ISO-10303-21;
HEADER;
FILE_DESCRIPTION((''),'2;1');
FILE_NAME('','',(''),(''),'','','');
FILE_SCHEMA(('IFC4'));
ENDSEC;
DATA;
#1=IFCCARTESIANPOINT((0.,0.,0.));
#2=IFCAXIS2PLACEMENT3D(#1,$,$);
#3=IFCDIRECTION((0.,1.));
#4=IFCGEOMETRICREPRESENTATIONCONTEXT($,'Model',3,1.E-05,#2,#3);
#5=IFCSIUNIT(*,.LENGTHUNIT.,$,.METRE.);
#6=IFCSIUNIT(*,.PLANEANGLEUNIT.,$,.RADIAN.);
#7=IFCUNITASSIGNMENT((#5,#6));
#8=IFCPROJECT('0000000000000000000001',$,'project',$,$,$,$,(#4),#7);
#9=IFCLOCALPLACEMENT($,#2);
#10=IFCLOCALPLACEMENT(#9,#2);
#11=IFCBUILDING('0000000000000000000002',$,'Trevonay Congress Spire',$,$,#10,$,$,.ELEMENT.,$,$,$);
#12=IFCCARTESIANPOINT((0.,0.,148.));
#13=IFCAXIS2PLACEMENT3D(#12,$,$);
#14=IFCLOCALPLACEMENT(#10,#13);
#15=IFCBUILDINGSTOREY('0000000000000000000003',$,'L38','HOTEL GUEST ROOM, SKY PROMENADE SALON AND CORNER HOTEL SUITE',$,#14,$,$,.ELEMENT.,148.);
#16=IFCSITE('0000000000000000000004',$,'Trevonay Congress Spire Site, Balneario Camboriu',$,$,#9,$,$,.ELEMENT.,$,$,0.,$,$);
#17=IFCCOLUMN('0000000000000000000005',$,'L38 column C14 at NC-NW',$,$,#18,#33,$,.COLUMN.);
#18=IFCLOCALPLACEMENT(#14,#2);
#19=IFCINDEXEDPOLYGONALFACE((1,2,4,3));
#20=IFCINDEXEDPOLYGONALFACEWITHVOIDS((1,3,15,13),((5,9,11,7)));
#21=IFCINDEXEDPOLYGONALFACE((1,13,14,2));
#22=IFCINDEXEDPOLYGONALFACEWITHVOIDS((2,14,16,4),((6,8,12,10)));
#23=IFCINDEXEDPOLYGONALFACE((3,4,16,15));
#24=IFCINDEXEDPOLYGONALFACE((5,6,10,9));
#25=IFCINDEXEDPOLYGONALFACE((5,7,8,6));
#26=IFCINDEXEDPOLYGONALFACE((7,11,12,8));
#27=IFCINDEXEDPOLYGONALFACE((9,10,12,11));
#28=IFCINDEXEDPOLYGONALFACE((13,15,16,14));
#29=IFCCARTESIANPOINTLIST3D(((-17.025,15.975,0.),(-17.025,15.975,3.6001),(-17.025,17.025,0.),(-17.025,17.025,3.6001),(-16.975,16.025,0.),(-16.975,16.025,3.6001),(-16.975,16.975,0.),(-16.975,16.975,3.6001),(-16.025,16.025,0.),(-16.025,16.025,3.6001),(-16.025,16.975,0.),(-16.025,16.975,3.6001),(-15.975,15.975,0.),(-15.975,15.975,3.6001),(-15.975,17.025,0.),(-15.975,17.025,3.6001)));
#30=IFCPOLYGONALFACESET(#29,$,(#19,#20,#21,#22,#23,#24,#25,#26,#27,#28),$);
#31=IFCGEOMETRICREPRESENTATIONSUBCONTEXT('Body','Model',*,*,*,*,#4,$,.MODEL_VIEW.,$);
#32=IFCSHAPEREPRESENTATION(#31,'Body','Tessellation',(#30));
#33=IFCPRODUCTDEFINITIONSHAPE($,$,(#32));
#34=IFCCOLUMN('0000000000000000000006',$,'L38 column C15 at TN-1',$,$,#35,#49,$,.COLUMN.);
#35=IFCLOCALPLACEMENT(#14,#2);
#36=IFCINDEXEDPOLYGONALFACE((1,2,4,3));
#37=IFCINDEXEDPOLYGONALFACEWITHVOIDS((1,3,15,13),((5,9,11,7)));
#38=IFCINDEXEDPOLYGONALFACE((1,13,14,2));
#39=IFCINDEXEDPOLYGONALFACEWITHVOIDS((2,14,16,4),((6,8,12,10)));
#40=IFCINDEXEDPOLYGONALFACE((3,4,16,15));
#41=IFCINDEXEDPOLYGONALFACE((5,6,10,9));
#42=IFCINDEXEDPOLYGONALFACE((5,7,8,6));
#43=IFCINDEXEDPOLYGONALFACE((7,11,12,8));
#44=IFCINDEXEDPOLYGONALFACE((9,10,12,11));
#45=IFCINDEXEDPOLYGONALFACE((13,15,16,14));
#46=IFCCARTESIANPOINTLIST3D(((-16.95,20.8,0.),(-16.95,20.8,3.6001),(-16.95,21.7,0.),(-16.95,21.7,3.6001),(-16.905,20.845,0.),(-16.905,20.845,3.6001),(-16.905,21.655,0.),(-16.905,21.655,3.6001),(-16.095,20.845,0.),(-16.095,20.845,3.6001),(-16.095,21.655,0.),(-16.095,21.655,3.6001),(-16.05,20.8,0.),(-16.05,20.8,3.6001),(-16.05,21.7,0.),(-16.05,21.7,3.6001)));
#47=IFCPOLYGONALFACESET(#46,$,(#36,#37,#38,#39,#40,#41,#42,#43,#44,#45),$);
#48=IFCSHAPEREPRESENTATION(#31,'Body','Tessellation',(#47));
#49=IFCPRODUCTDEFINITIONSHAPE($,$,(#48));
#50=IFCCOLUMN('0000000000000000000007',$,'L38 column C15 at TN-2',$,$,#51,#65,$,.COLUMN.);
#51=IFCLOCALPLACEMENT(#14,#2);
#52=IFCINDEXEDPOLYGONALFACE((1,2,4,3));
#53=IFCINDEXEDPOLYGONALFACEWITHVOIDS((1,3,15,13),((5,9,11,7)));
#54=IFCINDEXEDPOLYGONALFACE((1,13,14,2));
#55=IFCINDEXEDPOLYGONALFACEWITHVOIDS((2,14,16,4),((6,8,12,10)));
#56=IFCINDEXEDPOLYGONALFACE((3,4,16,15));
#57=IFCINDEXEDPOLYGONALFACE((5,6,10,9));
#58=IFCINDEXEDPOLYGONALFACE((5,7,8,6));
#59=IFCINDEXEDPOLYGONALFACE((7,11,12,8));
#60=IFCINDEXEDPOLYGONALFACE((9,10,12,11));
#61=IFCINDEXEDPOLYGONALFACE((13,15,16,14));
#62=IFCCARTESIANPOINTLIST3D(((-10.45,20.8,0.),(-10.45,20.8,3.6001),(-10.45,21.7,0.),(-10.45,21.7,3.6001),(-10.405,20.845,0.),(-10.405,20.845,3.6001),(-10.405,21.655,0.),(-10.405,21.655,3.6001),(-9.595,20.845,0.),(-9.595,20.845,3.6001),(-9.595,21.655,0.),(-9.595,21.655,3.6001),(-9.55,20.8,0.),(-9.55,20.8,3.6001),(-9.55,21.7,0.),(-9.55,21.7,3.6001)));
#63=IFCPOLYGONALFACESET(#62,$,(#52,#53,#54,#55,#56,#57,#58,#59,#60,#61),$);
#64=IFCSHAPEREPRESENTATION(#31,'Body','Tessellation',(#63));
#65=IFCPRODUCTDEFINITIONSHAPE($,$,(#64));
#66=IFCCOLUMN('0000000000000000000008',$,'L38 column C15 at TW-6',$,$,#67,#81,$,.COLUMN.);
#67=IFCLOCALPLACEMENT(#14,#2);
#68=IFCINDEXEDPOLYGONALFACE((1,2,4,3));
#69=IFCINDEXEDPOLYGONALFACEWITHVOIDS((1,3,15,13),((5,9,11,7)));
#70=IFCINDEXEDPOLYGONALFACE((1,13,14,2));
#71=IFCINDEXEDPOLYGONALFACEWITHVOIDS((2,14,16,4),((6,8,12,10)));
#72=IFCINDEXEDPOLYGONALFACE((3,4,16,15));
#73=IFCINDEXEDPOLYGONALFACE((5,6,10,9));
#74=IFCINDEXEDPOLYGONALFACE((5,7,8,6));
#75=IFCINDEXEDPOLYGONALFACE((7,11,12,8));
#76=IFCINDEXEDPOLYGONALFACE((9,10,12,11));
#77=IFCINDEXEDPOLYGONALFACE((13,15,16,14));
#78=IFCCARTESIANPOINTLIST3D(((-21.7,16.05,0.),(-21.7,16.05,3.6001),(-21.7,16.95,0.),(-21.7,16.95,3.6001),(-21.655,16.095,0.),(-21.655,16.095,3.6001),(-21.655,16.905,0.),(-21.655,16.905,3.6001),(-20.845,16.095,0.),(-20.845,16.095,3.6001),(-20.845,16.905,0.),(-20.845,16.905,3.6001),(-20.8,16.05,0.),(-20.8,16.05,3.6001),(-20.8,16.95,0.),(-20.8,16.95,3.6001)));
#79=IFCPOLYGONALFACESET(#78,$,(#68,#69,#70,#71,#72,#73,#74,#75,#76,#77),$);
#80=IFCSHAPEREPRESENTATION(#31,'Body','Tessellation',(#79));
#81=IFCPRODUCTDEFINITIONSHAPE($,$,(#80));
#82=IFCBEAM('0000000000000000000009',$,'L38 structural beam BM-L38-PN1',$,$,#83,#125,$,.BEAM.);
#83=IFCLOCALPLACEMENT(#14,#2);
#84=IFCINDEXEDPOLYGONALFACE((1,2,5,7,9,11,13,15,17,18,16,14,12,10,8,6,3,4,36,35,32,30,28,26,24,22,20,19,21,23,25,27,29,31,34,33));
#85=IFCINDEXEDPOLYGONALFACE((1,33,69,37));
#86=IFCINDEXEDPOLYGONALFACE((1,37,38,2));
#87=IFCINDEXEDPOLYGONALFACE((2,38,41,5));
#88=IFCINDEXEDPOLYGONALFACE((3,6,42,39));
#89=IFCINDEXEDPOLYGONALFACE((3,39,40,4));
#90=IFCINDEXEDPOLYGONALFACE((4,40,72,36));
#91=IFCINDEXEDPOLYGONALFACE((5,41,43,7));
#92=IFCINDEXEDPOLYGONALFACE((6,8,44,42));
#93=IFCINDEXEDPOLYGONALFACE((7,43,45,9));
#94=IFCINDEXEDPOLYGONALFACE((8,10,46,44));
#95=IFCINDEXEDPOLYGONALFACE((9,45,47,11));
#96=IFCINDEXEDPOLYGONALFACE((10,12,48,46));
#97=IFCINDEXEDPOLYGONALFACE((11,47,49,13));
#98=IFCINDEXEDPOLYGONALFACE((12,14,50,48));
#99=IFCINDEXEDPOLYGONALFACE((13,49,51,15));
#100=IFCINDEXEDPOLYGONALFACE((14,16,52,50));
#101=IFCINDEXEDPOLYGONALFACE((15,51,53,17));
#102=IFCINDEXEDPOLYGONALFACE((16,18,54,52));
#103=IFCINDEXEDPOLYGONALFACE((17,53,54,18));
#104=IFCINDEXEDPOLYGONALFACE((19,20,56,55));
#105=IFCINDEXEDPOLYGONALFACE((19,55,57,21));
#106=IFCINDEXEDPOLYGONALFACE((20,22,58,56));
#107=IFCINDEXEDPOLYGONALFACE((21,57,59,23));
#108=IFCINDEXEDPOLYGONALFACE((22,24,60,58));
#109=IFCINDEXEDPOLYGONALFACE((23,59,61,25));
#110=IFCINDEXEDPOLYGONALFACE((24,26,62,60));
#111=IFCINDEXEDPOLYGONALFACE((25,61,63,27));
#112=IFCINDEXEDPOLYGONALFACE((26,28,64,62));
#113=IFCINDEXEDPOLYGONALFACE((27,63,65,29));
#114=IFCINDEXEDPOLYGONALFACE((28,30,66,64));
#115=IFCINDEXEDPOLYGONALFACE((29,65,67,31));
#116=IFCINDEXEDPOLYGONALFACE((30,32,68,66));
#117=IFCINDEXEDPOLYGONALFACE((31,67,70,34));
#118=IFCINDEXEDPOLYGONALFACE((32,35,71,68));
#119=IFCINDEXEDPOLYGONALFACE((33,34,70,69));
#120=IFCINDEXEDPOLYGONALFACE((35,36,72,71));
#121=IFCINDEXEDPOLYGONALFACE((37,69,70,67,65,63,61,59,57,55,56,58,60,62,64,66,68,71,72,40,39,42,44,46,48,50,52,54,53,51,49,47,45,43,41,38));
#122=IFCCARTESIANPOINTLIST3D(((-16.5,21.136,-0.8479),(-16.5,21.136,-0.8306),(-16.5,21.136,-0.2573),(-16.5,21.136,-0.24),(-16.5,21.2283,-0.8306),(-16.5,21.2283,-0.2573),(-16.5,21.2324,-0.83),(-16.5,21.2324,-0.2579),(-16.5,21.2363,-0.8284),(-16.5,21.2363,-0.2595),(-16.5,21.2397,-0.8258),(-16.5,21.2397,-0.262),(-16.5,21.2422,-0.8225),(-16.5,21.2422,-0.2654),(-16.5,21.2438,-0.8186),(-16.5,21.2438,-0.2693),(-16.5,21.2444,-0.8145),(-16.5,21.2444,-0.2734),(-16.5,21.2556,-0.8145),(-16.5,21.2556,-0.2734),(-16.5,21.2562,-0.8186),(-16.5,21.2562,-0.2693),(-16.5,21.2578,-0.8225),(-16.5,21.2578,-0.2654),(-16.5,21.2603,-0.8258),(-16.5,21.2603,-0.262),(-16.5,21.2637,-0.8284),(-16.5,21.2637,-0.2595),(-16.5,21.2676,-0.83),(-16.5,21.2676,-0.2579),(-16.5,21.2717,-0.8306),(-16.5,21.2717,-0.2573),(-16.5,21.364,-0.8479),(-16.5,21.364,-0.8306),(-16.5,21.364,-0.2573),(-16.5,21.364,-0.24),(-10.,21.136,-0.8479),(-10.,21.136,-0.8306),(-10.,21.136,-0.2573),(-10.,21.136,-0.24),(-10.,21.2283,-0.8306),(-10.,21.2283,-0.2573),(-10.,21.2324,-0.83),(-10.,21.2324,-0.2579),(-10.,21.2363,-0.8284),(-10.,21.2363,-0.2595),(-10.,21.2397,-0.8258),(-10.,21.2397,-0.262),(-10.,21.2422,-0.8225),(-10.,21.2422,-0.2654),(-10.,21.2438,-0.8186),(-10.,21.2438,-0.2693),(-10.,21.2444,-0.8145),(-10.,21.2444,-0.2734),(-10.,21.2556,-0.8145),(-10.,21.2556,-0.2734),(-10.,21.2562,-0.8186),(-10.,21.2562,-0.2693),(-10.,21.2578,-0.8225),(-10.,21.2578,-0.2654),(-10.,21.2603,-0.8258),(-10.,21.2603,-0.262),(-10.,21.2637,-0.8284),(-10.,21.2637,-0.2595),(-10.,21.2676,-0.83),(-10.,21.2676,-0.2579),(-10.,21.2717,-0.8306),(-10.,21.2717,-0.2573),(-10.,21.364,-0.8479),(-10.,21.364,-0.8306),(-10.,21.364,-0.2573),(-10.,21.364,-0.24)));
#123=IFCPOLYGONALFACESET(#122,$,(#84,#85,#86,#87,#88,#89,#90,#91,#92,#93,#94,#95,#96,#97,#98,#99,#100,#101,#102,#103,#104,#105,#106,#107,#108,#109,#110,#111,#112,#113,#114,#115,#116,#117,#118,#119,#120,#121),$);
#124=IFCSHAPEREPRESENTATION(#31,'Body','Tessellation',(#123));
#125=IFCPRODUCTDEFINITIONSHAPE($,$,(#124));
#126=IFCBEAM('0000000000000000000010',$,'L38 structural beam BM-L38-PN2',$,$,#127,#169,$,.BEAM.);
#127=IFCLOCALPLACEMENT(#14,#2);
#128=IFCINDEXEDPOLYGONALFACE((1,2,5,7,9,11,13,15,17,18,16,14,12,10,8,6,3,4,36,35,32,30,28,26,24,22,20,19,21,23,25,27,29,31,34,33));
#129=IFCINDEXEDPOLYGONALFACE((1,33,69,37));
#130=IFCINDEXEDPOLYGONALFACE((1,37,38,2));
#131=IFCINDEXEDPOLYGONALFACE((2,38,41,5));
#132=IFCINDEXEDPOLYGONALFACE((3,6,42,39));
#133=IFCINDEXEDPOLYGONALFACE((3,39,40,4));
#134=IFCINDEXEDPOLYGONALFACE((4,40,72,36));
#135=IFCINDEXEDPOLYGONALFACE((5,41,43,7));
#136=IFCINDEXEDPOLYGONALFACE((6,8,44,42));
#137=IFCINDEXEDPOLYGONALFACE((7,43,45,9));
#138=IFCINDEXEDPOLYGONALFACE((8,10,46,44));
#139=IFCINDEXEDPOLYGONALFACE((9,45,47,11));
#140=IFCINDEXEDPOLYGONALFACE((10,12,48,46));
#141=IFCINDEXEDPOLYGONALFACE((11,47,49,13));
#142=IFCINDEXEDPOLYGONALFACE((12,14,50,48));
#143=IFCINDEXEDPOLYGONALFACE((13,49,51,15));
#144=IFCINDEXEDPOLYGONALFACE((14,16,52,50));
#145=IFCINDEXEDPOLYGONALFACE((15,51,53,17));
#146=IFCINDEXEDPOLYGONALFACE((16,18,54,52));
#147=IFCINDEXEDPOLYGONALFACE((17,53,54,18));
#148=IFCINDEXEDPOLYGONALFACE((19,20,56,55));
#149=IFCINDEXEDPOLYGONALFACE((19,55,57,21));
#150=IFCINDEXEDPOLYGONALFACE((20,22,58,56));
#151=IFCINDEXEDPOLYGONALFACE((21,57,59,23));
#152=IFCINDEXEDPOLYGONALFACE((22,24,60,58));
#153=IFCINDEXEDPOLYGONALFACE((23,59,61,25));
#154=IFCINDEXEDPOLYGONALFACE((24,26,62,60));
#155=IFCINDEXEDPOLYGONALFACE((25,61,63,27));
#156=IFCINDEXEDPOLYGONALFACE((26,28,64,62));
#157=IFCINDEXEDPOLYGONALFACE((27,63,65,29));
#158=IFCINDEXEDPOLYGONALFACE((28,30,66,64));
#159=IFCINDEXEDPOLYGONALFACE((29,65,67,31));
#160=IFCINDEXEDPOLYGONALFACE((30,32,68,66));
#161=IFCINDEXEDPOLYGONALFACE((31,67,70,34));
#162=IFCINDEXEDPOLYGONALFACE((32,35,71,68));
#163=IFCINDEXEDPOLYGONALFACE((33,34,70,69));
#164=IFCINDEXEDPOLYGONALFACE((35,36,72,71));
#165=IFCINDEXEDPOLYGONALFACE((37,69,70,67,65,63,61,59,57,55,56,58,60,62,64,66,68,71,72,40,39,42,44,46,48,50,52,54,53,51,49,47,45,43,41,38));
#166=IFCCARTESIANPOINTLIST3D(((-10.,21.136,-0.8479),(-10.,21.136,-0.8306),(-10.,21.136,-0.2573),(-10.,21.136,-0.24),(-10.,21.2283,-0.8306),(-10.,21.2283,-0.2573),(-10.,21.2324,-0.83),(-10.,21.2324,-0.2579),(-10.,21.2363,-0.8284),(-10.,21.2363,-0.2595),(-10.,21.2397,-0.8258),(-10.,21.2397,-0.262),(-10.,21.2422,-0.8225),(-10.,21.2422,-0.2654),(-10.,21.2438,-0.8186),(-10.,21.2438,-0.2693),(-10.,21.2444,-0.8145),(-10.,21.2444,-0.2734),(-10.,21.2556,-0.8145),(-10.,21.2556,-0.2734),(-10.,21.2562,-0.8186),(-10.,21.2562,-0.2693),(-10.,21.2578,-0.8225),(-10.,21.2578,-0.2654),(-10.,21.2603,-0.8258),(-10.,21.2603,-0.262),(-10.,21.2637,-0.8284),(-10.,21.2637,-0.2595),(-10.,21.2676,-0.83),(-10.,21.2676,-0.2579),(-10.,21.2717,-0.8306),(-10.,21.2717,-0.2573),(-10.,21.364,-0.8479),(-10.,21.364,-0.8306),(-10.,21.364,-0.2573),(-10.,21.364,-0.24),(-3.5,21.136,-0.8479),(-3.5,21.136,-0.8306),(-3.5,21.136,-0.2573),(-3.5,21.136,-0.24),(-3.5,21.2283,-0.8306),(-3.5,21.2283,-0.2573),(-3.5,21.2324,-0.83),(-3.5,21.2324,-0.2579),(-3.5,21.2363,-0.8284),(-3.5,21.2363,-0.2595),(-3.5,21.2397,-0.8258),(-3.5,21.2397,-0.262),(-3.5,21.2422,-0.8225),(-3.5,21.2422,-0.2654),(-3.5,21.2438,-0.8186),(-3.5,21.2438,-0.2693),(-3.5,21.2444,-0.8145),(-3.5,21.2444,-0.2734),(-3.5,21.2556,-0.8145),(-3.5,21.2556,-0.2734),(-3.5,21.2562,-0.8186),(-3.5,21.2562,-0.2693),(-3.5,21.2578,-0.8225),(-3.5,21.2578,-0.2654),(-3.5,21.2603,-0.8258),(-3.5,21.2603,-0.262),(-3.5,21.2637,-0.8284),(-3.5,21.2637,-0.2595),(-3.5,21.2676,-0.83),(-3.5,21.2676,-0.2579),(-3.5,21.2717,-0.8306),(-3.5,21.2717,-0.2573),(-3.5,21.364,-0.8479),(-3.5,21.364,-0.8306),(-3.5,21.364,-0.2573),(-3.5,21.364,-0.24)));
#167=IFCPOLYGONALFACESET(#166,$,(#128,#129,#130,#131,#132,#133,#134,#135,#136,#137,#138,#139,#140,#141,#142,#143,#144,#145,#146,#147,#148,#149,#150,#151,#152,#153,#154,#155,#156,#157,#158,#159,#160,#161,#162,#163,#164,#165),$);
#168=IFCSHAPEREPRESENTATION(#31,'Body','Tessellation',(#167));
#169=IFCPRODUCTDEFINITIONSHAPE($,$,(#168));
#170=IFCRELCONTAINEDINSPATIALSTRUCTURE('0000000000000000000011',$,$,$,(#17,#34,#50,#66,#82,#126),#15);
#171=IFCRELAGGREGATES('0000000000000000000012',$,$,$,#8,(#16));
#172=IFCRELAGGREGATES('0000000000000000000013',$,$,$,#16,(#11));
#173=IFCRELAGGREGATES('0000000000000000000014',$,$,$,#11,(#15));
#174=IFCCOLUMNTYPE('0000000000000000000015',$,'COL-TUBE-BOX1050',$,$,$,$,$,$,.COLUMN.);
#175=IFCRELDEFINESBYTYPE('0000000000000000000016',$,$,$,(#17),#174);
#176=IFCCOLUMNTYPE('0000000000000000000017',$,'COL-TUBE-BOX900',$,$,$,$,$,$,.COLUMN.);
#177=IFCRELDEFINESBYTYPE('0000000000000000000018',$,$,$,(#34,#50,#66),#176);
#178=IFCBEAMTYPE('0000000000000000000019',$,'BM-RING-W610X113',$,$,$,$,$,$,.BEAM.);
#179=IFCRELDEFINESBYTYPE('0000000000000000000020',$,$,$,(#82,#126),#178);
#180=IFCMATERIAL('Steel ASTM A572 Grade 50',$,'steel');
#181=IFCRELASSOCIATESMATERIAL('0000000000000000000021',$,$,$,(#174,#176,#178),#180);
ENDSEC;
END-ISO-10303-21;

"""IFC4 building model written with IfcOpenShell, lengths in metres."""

from ifc_helpers import new_model, si_unit, direction, frame, origin, origin_2d, place, context, subcontext, project, spatial, hollow_rectangle, i_section, extrude, material, material_profile, profile_set, type_object, element, save


model = new_model("IFC4")

# Units and contexts
model_context = context("Model", 3, precision=1e-05, world=origin(), true_north=direction((0.0, 1.0)))
body_context = subcontext(model_context, "Body", "Model", "MODEL_VIEW")
ifc_project = project(units=[si_unit("LENGTHUNIT", "METRE"), si_unit("PLANEANGLEUNIT", "RADIAN")], contexts=[model_context])

# Site, building, storey
site_placement = place(None, origin())
site = spatial("IfcSite", under=ifc_project, at=site_placement, Name="Trevonay Congress Spire Site, Balneario Camboriu", CompositionType="ELEMENT", RefElevation=0.0)
building_placement = place(site_placement, origin())
building = spatial("IfcBuilding", under=site, at=building_placement, Name="Trevonay Congress Spire", CompositionType="ELEMENT")
storey_placement = place(building_placement, frame((0.0, 0.0, 148.0)))
storey = spatial("IfcBuildingStorey", under=building, at=storey_placement, Name="L38", Description="HOTEL GUEST ROOM, SKY PROMENADE SALON AND CORNER HOTEL SUITE", CompositionType="ELEMENT", Elevation=148.0)

# Columns
ifc_material_1 = material(Name="Steel ASTM A572 Grade 50", Category="steel")
ifc_material_profile_1 = material_profile(ifc_material_1, hollow_rectangle(XDim=1.05, YDim=1.05, WallThickness=0.05, at=origin_2d()), Name="BOX 1050x1050x50")
ifc_profile_set_1 = profile_set([ifc_material_profile_1], Name="Steel ASTM A572 Grade 50")
column_type_1 = type_object("IfcColumnType", Name="COL-TUBE-BOX1050", PredefinedType="COLUMN", material=ifc_profile_set_1)
column_placement = place(storey_placement, frame((-16.5, 16.5, 0.0), z_axis=(0.0, 0.0, 1.0), x_axis=(1.0, 0.0, 0.0)))
element("IfcColumn", 1, at=column_placement, inside=storey, type_object=column_type_1, Name="L38 column C14 at NC-NW", PredefinedType="COLUMN", context=body_context, shape_type="SweptSolid", body=[
    extrude(hollow_rectangle(XDim=1.05, YDim=1.05, WallThickness=0.05, at=origin_2d()), origin(), (0.0, 0.0, 1.0), 3.6001),
])
ifc_material_profile_2 = material_profile(ifc_material_1, hollow_rectangle(XDim=0.8999, YDim=0.8999, WallThickness=0.0449, at=origin_2d()), Name="BOX 900x900x45")
ifc_profile_set_2 = profile_set([ifc_material_profile_2], Name="Steel ASTM A572 Grade 50")
column_type_2 = type_object("IfcColumnType", Name="COL-TUBE-BOX900", PredefinedType="COLUMN", material=ifc_profile_set_2)
for number, where, z_axis, x_axis, name in (
    (2, (-16.5, 21.25, 0.0), (0.0, 0.0, 1.0), (1.0, 0.0, 0.0), "L38 column C15 at TN-1"),
    (3, (-10.0, 21.25, 0.0), (0.0, 0.0, 1.0), (1.0, 0.0, 0.0), "L38 column C15 at TN-2"),
    (4, (-21.25, 16.5, 0.0), (0.0, 0.0, 1.0), (1.0, 0.0, 0.0), "L38 column C15 at TW-6"),
):
    element("IfcColumn", number, at=place(storey_placement, frame(where, z_axis=z_axis, x_axis=x_axis)), inside=storey, type_object=column_type_2, Name=name, PredefinedType="COLUMN", context=body_context, shape_type="SweptSolid", body=[
        extrude(hollow_rectangle(XDim=0.8999, YDim=0.8999, WallThickness=0.0449, at=origin_2d()), origin(), (0.0, 0.0, 1.0), 3.6001),
    ])

# Beams
ifc_material_profile_3 = material_profile(ifc_material_1, i_section(OverallWidth=0.228, OverallDepth=0.6079, WebThickness=0.0112, FlangeThickness=0.0173, FilletRadius=0.0161, at=origin_2d()), Name="W610x113")
ifc_profile_set_3 = profile_set([ifc_material_profile_3], Name="Steel ASTM A572 Grade 50")
beam_type_1 = type_object("IfcBeamType", Name="BM-RING-W610X113", PredefinedType="BEAM", material=ifc_profile_set_3)
for number, where, z_axis, x_axis, name in (
    (5, (-16.5, 21.25, -0.5439), (1.0, 0.0, 0.0), (0.0, 1.0, 0.0), "L38 structural beam BM-L38-PN1"),
    (6, (-10.0, 21.25, -0.5439), (1.0, 0.0, 0.0), (0.0, 1.0, 0.0), "L38 structural beam BM-L38-PN2"),
):
    element("IfcBeam", number, at=place(storey_placement, frame(where, z_axis=z_axis, x_axis=x_axis)), inside=storey, type_object=beam_type_1, Name=name, PredefinedType="BEAM", context=body_context, shape_type="SweptSolid", body=[
        extrude(i_section(OverallWidth=0.228, OverallDepth=0.6079, WebThickness=0.0112, FlangeThickness=0.0173, FilletRadius=0.0161, at=origin_2d()), origin(), (0.0, 0.0, 1.0), 6.5),
    ])

save(model, "model.ifc")
